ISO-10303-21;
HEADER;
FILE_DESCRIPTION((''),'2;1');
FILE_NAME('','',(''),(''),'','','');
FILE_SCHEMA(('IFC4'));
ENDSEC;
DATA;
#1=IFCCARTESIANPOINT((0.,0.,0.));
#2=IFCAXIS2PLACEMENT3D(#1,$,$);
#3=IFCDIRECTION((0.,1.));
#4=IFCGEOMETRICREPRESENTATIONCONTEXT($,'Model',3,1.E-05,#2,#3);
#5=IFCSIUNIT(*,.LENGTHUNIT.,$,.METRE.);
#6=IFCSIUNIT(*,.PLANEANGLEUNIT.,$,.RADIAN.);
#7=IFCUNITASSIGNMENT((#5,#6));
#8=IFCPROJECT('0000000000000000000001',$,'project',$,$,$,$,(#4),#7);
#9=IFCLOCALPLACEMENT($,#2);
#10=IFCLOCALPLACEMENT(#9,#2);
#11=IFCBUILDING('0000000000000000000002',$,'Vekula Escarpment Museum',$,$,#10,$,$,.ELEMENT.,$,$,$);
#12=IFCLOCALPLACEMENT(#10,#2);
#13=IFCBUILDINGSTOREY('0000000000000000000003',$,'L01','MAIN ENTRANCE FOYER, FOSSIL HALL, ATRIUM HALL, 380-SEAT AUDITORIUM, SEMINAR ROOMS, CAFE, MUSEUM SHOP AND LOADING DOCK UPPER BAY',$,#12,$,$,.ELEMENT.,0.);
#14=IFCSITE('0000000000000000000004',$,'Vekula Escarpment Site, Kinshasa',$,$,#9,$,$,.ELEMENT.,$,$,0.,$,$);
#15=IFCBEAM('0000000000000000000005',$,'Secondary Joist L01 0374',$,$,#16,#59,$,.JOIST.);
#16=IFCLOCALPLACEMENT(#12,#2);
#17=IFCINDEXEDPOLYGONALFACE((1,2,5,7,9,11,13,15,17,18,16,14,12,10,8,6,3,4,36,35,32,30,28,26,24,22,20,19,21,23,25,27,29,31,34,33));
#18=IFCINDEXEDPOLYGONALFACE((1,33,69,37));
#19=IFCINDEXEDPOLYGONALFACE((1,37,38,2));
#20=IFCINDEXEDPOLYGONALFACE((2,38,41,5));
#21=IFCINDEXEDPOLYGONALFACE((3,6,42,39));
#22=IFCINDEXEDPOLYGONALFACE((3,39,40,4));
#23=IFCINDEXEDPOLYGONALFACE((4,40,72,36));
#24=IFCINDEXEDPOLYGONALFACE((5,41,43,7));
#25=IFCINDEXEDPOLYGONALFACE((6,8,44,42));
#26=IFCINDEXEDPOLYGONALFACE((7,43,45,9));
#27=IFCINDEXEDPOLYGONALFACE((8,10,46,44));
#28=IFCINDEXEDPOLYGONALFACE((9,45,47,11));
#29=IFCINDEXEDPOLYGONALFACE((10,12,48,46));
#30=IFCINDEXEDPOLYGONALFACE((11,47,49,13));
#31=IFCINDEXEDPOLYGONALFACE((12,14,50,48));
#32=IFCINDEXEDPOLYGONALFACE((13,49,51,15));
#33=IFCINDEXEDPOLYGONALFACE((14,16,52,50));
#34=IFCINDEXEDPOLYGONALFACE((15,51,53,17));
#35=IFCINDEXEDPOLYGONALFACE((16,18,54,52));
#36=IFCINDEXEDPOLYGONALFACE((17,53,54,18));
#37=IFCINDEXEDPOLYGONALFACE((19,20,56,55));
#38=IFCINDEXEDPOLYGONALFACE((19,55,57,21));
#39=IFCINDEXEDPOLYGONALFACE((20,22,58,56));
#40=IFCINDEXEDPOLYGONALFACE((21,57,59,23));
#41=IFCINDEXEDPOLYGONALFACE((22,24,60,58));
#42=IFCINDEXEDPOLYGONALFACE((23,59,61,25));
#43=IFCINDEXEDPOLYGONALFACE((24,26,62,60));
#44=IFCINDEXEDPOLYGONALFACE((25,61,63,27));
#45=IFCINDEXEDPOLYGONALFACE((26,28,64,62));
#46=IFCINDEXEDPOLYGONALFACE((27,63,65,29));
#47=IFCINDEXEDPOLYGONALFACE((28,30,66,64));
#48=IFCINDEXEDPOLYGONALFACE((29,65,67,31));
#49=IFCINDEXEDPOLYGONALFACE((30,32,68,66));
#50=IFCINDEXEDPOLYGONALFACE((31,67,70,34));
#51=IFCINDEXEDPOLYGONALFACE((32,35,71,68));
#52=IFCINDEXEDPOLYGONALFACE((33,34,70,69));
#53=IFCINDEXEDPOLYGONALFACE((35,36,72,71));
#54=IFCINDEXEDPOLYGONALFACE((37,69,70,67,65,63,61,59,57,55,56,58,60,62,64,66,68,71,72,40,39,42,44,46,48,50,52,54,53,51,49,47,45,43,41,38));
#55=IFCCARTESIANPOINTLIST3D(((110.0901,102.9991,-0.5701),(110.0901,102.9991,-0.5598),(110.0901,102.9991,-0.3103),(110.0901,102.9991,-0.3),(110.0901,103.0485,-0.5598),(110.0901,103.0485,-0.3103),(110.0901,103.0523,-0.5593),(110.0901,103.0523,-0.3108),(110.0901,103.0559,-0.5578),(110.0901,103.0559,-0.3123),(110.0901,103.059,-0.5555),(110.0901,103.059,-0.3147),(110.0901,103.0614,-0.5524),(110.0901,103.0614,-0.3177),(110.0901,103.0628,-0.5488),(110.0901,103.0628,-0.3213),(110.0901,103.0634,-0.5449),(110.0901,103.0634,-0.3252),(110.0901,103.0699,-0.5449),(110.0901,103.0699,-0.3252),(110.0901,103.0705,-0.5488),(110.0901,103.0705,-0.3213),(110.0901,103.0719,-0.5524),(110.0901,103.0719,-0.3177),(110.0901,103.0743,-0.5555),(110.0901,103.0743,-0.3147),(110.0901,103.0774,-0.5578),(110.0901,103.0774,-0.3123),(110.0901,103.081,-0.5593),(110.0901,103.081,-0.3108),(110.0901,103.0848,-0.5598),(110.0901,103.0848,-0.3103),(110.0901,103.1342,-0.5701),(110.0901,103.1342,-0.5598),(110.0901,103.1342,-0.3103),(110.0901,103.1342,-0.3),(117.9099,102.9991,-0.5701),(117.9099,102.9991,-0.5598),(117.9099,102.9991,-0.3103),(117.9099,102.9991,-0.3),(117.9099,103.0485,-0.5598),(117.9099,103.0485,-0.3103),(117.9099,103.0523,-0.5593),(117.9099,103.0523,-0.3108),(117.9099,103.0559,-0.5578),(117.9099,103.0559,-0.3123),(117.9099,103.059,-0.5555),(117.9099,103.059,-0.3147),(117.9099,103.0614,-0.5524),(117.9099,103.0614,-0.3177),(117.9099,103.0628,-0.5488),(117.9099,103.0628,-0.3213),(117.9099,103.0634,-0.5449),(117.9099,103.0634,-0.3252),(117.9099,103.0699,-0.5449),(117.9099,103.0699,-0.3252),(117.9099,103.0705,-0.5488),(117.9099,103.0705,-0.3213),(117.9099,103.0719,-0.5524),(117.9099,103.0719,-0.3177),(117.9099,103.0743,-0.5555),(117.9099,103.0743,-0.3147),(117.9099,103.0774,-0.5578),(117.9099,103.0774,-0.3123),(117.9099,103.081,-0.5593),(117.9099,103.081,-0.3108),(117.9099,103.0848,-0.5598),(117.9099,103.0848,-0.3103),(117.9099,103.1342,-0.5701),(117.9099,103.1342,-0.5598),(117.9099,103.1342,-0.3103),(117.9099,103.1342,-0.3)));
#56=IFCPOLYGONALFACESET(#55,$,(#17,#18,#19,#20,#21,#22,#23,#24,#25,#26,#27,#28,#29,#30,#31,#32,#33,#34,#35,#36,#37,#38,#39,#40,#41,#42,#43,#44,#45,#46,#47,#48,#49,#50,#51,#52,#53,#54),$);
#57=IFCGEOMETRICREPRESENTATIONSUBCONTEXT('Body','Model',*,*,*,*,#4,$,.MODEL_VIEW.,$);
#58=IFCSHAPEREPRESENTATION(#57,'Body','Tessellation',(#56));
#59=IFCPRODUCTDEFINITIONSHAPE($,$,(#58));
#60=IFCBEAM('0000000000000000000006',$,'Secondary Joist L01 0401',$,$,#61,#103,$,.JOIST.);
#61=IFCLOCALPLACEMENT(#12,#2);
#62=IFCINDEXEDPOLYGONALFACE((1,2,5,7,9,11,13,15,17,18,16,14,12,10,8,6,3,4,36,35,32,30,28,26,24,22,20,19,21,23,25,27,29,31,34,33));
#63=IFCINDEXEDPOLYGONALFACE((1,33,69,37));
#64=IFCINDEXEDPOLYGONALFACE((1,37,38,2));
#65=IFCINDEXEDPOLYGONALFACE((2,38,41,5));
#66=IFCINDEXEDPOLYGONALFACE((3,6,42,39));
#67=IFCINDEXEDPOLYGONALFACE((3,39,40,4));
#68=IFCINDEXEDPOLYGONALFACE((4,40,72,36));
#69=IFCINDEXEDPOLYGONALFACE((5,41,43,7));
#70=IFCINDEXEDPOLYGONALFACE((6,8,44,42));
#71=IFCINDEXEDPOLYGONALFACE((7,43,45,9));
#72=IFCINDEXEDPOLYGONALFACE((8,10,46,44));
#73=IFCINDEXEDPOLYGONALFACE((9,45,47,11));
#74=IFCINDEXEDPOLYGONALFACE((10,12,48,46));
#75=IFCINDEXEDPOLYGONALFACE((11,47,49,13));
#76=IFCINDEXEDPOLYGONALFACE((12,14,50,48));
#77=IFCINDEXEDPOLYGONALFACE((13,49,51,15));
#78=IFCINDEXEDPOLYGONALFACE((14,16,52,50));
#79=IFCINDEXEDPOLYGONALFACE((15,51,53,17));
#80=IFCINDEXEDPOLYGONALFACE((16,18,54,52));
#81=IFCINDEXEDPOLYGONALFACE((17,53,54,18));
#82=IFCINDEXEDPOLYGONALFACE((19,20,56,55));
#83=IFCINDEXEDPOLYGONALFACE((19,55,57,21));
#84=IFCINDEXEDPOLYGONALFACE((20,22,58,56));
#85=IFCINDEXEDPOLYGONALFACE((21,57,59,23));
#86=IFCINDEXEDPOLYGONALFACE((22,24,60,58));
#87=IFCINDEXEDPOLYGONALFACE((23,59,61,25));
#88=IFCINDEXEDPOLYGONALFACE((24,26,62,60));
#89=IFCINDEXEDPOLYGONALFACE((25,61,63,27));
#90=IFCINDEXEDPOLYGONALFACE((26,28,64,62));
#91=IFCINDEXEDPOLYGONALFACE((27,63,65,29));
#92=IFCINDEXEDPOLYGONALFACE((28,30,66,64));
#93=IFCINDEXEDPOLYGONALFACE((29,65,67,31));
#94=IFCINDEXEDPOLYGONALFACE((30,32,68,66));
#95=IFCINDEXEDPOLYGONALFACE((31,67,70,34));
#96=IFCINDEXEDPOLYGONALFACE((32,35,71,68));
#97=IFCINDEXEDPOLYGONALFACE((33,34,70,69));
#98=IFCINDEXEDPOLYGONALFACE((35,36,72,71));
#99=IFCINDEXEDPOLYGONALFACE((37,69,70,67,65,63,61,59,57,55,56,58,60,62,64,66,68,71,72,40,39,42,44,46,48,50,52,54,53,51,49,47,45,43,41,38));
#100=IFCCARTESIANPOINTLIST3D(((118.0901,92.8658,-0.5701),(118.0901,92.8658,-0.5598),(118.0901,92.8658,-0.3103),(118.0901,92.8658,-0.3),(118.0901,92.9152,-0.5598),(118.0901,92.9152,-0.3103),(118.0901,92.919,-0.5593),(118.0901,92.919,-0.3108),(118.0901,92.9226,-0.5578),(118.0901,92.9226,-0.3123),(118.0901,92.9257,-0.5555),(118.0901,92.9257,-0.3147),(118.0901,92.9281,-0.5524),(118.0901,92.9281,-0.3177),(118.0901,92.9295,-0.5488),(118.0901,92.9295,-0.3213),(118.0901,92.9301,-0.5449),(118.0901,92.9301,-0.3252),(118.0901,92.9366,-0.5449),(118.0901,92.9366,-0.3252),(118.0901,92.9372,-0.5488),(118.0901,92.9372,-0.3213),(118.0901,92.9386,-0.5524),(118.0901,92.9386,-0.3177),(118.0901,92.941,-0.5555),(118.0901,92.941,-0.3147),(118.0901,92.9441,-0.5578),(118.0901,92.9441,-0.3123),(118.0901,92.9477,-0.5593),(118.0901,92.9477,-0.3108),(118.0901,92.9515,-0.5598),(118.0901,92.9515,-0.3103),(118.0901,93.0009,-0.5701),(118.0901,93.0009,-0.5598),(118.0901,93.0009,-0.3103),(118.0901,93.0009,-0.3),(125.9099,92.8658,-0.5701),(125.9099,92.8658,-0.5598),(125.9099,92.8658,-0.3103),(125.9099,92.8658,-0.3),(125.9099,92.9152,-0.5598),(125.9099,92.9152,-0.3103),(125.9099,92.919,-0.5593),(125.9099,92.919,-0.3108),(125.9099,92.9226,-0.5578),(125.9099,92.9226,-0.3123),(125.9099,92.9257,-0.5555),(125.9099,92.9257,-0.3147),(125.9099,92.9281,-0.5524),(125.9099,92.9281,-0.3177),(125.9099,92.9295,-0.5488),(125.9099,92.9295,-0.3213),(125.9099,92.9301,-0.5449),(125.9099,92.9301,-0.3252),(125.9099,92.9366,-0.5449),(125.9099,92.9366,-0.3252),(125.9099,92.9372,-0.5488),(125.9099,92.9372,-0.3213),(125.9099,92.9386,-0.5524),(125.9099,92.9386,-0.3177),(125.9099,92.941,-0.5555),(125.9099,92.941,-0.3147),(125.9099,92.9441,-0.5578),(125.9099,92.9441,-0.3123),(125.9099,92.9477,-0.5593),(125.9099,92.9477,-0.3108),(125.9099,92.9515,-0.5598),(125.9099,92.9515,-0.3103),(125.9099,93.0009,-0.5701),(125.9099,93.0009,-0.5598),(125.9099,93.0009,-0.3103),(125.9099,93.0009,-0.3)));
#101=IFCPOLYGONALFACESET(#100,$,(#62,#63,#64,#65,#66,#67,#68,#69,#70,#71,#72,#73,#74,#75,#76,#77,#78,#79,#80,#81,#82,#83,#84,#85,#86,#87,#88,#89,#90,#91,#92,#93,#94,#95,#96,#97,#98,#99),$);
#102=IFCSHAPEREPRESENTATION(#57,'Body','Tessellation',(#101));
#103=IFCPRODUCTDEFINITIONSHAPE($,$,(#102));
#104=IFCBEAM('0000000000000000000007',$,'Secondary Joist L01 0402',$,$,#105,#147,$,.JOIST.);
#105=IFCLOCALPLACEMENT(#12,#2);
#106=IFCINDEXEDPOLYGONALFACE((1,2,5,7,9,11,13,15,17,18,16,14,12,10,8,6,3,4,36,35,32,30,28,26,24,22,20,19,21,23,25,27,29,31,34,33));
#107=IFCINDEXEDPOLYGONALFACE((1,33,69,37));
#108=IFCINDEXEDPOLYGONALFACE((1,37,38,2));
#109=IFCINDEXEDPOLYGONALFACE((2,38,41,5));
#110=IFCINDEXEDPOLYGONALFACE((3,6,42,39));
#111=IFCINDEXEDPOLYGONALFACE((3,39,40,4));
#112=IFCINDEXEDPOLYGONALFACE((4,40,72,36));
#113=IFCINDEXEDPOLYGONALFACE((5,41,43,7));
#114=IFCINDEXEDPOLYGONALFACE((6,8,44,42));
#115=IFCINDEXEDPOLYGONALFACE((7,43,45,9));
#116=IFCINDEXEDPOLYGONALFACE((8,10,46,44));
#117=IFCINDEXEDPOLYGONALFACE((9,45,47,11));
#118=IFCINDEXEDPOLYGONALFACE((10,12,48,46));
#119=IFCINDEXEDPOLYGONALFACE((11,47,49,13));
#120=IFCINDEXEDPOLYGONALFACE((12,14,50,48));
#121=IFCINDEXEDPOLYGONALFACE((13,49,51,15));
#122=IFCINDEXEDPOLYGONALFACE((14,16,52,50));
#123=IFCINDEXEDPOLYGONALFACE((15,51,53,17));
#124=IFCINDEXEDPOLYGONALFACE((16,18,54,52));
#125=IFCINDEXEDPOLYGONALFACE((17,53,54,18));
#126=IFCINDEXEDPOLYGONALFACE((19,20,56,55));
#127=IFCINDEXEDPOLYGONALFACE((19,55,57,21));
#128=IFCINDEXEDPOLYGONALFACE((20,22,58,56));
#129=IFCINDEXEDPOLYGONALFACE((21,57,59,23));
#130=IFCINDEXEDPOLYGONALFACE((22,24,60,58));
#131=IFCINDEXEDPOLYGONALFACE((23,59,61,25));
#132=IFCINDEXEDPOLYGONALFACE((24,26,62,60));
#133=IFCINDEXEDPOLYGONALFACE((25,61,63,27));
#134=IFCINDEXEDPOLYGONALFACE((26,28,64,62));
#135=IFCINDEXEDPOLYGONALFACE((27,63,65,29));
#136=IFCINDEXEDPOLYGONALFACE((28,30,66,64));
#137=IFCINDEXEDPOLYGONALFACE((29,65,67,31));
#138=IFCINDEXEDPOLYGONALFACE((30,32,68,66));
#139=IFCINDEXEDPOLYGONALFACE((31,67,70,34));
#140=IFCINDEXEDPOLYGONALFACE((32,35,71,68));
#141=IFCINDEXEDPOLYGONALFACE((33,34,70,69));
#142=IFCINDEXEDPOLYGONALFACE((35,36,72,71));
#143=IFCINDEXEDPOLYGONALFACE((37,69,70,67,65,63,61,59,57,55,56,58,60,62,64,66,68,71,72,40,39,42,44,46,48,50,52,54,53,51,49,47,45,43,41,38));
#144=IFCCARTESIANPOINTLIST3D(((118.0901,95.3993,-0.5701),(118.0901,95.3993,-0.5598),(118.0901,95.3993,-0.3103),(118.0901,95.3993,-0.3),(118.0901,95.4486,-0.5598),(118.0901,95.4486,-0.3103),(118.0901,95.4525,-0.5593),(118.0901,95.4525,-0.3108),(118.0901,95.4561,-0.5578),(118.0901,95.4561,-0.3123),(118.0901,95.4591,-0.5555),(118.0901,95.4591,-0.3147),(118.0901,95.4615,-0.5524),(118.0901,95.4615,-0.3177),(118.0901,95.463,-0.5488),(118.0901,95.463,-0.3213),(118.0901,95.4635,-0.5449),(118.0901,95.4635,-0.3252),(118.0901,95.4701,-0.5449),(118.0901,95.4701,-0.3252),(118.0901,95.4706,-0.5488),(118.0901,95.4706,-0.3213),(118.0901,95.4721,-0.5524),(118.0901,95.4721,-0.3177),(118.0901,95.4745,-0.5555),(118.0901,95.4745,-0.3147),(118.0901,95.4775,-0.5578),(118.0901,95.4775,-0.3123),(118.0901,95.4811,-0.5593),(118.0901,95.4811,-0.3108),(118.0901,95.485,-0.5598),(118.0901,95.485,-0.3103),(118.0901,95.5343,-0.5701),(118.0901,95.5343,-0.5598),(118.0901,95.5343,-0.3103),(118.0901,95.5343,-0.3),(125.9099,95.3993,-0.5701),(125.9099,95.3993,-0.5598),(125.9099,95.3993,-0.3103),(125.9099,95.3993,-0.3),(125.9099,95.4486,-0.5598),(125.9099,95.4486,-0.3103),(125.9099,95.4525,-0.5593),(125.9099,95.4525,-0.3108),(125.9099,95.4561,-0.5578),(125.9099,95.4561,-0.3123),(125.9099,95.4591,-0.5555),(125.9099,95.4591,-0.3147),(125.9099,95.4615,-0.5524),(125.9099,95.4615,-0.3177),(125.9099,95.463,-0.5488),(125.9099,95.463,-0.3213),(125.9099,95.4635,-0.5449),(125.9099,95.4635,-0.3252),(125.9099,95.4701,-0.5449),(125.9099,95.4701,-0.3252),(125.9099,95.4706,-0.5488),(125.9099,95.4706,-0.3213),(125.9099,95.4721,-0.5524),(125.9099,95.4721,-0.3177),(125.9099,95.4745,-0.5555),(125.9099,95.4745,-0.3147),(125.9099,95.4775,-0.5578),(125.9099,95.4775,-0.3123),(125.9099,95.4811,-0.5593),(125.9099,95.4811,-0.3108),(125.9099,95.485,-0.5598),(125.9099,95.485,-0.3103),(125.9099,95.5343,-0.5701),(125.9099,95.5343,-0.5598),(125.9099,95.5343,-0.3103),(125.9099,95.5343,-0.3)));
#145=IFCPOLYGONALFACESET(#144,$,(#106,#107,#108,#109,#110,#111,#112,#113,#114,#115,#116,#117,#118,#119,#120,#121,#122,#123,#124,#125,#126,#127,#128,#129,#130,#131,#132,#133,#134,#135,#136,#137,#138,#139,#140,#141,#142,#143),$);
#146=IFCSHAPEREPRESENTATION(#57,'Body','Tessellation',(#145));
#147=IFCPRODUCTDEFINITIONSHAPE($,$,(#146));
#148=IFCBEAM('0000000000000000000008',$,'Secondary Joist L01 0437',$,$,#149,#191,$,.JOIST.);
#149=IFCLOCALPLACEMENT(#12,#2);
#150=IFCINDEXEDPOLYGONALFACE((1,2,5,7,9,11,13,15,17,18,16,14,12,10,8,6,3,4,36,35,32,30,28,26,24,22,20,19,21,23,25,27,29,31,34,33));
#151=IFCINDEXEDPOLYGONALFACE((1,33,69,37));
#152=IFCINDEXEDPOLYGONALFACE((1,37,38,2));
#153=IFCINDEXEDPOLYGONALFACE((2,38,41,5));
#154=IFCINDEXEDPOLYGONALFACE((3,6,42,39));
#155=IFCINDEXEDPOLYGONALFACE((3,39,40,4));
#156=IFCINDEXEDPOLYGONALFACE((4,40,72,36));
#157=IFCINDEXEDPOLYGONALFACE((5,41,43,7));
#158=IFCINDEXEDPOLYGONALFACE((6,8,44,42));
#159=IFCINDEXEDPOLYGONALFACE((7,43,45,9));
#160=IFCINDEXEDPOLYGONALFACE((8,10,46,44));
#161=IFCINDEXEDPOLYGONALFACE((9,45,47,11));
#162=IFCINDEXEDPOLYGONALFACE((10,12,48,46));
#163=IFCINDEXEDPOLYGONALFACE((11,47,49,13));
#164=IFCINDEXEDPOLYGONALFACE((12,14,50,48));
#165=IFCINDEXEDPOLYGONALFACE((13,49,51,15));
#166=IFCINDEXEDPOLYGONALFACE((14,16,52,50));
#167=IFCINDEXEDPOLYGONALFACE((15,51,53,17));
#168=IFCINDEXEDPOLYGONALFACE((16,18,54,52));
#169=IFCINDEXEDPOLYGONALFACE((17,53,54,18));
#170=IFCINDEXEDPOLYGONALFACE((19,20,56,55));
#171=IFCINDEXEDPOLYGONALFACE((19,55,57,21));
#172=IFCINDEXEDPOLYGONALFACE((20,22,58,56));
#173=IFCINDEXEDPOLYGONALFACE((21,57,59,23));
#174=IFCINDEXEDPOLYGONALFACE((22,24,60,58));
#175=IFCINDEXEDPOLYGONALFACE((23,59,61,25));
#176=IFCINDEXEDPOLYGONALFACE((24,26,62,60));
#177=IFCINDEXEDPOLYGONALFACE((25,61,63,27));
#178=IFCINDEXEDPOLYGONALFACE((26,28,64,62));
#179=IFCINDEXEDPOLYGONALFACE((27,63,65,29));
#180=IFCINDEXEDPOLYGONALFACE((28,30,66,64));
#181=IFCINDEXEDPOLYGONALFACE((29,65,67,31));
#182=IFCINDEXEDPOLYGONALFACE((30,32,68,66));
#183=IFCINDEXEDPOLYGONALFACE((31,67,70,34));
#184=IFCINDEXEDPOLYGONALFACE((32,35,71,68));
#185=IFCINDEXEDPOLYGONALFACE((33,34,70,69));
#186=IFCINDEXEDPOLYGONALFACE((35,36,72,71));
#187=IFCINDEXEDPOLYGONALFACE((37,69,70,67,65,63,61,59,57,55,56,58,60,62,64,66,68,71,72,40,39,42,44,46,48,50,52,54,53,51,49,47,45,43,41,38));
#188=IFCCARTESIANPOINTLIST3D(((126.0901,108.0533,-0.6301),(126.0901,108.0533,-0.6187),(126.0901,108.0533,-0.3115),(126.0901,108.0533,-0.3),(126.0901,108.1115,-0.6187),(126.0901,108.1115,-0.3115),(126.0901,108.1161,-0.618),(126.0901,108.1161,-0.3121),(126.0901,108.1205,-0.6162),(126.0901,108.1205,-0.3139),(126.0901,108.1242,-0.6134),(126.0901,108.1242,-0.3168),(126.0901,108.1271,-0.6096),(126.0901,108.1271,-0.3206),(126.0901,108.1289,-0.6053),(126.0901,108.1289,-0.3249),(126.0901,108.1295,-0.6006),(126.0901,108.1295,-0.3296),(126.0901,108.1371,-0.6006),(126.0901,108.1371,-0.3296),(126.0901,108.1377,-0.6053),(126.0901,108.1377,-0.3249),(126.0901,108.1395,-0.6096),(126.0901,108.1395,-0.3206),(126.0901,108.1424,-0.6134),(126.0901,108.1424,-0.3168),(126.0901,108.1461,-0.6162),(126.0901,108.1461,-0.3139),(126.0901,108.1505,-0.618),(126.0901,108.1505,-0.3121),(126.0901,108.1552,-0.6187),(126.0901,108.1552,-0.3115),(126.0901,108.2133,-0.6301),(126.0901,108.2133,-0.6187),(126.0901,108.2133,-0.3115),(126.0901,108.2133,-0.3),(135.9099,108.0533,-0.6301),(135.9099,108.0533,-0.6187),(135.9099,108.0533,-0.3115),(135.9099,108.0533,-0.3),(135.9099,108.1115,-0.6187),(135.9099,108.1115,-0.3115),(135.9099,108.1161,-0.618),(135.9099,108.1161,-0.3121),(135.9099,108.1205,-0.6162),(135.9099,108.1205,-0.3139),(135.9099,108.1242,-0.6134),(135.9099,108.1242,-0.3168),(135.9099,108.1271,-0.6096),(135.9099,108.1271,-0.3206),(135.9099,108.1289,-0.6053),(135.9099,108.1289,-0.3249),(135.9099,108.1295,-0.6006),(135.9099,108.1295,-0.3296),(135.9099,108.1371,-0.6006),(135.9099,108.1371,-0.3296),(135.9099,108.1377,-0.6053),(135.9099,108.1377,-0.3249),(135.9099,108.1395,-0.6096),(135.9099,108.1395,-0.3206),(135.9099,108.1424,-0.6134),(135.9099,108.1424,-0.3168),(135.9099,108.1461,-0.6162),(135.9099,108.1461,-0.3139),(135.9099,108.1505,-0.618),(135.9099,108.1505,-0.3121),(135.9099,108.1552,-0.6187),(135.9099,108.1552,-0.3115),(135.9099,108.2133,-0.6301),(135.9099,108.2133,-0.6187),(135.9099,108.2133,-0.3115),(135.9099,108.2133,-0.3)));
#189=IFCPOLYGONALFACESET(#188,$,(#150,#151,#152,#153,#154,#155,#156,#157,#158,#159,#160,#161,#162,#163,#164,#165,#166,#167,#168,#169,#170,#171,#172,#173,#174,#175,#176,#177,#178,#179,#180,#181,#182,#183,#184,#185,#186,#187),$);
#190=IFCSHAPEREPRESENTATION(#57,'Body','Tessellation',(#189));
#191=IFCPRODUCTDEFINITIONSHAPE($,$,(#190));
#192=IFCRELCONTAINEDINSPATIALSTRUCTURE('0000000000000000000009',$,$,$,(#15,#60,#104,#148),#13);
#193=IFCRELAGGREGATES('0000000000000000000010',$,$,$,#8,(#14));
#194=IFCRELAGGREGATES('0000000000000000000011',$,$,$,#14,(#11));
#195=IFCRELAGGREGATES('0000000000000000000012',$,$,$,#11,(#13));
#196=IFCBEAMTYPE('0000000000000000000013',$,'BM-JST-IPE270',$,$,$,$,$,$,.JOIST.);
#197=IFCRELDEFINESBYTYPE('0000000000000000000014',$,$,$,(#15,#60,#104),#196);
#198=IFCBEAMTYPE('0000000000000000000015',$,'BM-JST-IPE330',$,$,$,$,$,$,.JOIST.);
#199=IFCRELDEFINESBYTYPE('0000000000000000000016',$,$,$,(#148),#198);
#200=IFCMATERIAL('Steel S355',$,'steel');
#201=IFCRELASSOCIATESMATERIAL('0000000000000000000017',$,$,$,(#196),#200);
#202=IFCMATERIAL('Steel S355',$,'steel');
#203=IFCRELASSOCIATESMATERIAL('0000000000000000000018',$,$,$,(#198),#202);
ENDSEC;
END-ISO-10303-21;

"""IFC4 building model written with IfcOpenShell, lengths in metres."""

from ifc_helpers import new_model, si_unit, direction, frame, origin, origin_2d, place, context, subcontext, project, spatial, i_section, extrude, material, material_profile, profile_set, type_object, element, save


model = new_model("IFC4")

# Units and contexts
model_context = context("Model", 3, precision=1e-05, world=origin(), true_north=direction((0.0, 1.0)))
body_context = subcontext(model_context, "Body", "Model", "MODEL_VIEW")
ifc_project = project(units=[si_unit("LENGTHUNIT", "METRE"), si_unit("PLANEANGLEUNIT", "RADIAN")], contexts=[model_context])

# Site, building, storey
site_placement = place(None, origin())
site = spatial("IfcSite", under=ifc_project, at=site_placement, Name="Vekula Escarpment Site, Kinshasa", CompositionType="ELEMENT", RefElevation=0.0)
building_placement = place(site_placement, origin())
building = spatial("IfcBuilding", under=site, at=building_placement, Name="Vekula Escarpment Museum", CompositionType="ELEMENT")
storey_placement = place(building_placement, origin())
storey = spatial("IfcBuildingStorey", under=building, at=storey_placement, Name="L01", Description="MAIN ENTRANCE FOYER, FOSSIL HALL, ATRIUM HALL, 380-SEAT AUDITORIUM, SEMINAR ROOMS, CAFE, MUSEUM SHOP AND LOADING DOCK UPPER BAY", CompositionType="ELEMENT", Elevation=0.0)

# Beams
ifc_material_1 = material(Name="Steel S355", Category="steel")
ifc_material_profile_1 = material_profile(ifc_material_1, i_section(OverallWidth=0.135, OverallDepth=0.27, WebThickness=0.0066, FlangeThickness=0.0103, FilletRadius=0.0149, at=origin_2d()), Name="IPE 270")
ifc_profile_set_1 = profile_set([ifc_material_profile_1], Name="Steel S355")
beam_type_1 = type_object("IfcBeamType", Name="BM-JST-IPE270", PredefinedType="JOIST", material=ifc_profile_set_1)
for number, where, z_axis, x_axis, name in (
    (1, (110.0901, 103.0667, -0.4351), (1.0, 0.0, 0.0), (0.0, 1.0, 0.0), "Secondary Joist L01 0374"),
    (2, (118.0901, 92.9333, -0.4351), (1.0, 0.0, 0.0), (0.0, 1.0, 0.0), "Secondary Joist L01 0401"),
    (3, (118.0901, 95.4668, -0.4351), (1.0, 0.0, 0.0), (0.0, 1.0, 0.0), "Secondary Joist L01 0402"),
):
    element("IfcBeam", number, at=place(storey_placement, frame(where, z_axis=z_axis, x_axis=x_axis)), inside=storey, type_object=beam_type_1, Name=name, PredefinedType="JOIST", context=body_context, shape_type="SweptSolid", body=[
        extrude(i_section(OverallWidth=0.135, OverallDepth=0.27, WebThickness=0.0066, FlangeThickness=0.0103, FilletRadius=0.0149, at=origin_2d()), origin(), (0.0, 0.0, 1.0), 7.8198),
    ])
ifc_material_2 = material(Name="Steel S355", Category="steel")
ifc_material_profile_2 = material_profile(ifc_material_2, i_section(OverallWidth=0.1599, OverallDepth=0.3301, WebThickness=0.0076, FlangeThickness=0.0115, FilletRadius=0.0181, at=origin_2d()), Name="IPE 330")
ifc_profile_set_2 = profile_set([ifc_material_profile_2], Name="Steel S355")
beam_type_2 = type_object("IfcBeamType", Name="BM-JST-IPE330", PredefinedType="JOIST", material=ifc_profile_set_2)
for number, where, z_axis, x_axis, name in (
    (4, (126.0901, 108.1333, -0.4651), (1.0, 0.0, 0.0), (0.0, 1.0, 0.0), "Secondary Joist L01 0437"),
):
    element("IfcBeam", number, at=place(storey_placement, frame(where, z_axis=z_axis, x_axis=x_axis)), inside=storey, type_object=beam_type_2, Name=name, PredefinedType="JOIST", context=body_context, shape_type="SweptSolid", body=[
        extrude(i_section(OverallWidth=0.1599, OverallDepth=0.3301, WebThickness=0.0076, FlangeThickness=0.0115, FilletRadius=0.0181, at=origin_2d()), origin(), (0.0, 0.0, 1.0), 9.8198),
    ])

save(model, "model.ifc")
